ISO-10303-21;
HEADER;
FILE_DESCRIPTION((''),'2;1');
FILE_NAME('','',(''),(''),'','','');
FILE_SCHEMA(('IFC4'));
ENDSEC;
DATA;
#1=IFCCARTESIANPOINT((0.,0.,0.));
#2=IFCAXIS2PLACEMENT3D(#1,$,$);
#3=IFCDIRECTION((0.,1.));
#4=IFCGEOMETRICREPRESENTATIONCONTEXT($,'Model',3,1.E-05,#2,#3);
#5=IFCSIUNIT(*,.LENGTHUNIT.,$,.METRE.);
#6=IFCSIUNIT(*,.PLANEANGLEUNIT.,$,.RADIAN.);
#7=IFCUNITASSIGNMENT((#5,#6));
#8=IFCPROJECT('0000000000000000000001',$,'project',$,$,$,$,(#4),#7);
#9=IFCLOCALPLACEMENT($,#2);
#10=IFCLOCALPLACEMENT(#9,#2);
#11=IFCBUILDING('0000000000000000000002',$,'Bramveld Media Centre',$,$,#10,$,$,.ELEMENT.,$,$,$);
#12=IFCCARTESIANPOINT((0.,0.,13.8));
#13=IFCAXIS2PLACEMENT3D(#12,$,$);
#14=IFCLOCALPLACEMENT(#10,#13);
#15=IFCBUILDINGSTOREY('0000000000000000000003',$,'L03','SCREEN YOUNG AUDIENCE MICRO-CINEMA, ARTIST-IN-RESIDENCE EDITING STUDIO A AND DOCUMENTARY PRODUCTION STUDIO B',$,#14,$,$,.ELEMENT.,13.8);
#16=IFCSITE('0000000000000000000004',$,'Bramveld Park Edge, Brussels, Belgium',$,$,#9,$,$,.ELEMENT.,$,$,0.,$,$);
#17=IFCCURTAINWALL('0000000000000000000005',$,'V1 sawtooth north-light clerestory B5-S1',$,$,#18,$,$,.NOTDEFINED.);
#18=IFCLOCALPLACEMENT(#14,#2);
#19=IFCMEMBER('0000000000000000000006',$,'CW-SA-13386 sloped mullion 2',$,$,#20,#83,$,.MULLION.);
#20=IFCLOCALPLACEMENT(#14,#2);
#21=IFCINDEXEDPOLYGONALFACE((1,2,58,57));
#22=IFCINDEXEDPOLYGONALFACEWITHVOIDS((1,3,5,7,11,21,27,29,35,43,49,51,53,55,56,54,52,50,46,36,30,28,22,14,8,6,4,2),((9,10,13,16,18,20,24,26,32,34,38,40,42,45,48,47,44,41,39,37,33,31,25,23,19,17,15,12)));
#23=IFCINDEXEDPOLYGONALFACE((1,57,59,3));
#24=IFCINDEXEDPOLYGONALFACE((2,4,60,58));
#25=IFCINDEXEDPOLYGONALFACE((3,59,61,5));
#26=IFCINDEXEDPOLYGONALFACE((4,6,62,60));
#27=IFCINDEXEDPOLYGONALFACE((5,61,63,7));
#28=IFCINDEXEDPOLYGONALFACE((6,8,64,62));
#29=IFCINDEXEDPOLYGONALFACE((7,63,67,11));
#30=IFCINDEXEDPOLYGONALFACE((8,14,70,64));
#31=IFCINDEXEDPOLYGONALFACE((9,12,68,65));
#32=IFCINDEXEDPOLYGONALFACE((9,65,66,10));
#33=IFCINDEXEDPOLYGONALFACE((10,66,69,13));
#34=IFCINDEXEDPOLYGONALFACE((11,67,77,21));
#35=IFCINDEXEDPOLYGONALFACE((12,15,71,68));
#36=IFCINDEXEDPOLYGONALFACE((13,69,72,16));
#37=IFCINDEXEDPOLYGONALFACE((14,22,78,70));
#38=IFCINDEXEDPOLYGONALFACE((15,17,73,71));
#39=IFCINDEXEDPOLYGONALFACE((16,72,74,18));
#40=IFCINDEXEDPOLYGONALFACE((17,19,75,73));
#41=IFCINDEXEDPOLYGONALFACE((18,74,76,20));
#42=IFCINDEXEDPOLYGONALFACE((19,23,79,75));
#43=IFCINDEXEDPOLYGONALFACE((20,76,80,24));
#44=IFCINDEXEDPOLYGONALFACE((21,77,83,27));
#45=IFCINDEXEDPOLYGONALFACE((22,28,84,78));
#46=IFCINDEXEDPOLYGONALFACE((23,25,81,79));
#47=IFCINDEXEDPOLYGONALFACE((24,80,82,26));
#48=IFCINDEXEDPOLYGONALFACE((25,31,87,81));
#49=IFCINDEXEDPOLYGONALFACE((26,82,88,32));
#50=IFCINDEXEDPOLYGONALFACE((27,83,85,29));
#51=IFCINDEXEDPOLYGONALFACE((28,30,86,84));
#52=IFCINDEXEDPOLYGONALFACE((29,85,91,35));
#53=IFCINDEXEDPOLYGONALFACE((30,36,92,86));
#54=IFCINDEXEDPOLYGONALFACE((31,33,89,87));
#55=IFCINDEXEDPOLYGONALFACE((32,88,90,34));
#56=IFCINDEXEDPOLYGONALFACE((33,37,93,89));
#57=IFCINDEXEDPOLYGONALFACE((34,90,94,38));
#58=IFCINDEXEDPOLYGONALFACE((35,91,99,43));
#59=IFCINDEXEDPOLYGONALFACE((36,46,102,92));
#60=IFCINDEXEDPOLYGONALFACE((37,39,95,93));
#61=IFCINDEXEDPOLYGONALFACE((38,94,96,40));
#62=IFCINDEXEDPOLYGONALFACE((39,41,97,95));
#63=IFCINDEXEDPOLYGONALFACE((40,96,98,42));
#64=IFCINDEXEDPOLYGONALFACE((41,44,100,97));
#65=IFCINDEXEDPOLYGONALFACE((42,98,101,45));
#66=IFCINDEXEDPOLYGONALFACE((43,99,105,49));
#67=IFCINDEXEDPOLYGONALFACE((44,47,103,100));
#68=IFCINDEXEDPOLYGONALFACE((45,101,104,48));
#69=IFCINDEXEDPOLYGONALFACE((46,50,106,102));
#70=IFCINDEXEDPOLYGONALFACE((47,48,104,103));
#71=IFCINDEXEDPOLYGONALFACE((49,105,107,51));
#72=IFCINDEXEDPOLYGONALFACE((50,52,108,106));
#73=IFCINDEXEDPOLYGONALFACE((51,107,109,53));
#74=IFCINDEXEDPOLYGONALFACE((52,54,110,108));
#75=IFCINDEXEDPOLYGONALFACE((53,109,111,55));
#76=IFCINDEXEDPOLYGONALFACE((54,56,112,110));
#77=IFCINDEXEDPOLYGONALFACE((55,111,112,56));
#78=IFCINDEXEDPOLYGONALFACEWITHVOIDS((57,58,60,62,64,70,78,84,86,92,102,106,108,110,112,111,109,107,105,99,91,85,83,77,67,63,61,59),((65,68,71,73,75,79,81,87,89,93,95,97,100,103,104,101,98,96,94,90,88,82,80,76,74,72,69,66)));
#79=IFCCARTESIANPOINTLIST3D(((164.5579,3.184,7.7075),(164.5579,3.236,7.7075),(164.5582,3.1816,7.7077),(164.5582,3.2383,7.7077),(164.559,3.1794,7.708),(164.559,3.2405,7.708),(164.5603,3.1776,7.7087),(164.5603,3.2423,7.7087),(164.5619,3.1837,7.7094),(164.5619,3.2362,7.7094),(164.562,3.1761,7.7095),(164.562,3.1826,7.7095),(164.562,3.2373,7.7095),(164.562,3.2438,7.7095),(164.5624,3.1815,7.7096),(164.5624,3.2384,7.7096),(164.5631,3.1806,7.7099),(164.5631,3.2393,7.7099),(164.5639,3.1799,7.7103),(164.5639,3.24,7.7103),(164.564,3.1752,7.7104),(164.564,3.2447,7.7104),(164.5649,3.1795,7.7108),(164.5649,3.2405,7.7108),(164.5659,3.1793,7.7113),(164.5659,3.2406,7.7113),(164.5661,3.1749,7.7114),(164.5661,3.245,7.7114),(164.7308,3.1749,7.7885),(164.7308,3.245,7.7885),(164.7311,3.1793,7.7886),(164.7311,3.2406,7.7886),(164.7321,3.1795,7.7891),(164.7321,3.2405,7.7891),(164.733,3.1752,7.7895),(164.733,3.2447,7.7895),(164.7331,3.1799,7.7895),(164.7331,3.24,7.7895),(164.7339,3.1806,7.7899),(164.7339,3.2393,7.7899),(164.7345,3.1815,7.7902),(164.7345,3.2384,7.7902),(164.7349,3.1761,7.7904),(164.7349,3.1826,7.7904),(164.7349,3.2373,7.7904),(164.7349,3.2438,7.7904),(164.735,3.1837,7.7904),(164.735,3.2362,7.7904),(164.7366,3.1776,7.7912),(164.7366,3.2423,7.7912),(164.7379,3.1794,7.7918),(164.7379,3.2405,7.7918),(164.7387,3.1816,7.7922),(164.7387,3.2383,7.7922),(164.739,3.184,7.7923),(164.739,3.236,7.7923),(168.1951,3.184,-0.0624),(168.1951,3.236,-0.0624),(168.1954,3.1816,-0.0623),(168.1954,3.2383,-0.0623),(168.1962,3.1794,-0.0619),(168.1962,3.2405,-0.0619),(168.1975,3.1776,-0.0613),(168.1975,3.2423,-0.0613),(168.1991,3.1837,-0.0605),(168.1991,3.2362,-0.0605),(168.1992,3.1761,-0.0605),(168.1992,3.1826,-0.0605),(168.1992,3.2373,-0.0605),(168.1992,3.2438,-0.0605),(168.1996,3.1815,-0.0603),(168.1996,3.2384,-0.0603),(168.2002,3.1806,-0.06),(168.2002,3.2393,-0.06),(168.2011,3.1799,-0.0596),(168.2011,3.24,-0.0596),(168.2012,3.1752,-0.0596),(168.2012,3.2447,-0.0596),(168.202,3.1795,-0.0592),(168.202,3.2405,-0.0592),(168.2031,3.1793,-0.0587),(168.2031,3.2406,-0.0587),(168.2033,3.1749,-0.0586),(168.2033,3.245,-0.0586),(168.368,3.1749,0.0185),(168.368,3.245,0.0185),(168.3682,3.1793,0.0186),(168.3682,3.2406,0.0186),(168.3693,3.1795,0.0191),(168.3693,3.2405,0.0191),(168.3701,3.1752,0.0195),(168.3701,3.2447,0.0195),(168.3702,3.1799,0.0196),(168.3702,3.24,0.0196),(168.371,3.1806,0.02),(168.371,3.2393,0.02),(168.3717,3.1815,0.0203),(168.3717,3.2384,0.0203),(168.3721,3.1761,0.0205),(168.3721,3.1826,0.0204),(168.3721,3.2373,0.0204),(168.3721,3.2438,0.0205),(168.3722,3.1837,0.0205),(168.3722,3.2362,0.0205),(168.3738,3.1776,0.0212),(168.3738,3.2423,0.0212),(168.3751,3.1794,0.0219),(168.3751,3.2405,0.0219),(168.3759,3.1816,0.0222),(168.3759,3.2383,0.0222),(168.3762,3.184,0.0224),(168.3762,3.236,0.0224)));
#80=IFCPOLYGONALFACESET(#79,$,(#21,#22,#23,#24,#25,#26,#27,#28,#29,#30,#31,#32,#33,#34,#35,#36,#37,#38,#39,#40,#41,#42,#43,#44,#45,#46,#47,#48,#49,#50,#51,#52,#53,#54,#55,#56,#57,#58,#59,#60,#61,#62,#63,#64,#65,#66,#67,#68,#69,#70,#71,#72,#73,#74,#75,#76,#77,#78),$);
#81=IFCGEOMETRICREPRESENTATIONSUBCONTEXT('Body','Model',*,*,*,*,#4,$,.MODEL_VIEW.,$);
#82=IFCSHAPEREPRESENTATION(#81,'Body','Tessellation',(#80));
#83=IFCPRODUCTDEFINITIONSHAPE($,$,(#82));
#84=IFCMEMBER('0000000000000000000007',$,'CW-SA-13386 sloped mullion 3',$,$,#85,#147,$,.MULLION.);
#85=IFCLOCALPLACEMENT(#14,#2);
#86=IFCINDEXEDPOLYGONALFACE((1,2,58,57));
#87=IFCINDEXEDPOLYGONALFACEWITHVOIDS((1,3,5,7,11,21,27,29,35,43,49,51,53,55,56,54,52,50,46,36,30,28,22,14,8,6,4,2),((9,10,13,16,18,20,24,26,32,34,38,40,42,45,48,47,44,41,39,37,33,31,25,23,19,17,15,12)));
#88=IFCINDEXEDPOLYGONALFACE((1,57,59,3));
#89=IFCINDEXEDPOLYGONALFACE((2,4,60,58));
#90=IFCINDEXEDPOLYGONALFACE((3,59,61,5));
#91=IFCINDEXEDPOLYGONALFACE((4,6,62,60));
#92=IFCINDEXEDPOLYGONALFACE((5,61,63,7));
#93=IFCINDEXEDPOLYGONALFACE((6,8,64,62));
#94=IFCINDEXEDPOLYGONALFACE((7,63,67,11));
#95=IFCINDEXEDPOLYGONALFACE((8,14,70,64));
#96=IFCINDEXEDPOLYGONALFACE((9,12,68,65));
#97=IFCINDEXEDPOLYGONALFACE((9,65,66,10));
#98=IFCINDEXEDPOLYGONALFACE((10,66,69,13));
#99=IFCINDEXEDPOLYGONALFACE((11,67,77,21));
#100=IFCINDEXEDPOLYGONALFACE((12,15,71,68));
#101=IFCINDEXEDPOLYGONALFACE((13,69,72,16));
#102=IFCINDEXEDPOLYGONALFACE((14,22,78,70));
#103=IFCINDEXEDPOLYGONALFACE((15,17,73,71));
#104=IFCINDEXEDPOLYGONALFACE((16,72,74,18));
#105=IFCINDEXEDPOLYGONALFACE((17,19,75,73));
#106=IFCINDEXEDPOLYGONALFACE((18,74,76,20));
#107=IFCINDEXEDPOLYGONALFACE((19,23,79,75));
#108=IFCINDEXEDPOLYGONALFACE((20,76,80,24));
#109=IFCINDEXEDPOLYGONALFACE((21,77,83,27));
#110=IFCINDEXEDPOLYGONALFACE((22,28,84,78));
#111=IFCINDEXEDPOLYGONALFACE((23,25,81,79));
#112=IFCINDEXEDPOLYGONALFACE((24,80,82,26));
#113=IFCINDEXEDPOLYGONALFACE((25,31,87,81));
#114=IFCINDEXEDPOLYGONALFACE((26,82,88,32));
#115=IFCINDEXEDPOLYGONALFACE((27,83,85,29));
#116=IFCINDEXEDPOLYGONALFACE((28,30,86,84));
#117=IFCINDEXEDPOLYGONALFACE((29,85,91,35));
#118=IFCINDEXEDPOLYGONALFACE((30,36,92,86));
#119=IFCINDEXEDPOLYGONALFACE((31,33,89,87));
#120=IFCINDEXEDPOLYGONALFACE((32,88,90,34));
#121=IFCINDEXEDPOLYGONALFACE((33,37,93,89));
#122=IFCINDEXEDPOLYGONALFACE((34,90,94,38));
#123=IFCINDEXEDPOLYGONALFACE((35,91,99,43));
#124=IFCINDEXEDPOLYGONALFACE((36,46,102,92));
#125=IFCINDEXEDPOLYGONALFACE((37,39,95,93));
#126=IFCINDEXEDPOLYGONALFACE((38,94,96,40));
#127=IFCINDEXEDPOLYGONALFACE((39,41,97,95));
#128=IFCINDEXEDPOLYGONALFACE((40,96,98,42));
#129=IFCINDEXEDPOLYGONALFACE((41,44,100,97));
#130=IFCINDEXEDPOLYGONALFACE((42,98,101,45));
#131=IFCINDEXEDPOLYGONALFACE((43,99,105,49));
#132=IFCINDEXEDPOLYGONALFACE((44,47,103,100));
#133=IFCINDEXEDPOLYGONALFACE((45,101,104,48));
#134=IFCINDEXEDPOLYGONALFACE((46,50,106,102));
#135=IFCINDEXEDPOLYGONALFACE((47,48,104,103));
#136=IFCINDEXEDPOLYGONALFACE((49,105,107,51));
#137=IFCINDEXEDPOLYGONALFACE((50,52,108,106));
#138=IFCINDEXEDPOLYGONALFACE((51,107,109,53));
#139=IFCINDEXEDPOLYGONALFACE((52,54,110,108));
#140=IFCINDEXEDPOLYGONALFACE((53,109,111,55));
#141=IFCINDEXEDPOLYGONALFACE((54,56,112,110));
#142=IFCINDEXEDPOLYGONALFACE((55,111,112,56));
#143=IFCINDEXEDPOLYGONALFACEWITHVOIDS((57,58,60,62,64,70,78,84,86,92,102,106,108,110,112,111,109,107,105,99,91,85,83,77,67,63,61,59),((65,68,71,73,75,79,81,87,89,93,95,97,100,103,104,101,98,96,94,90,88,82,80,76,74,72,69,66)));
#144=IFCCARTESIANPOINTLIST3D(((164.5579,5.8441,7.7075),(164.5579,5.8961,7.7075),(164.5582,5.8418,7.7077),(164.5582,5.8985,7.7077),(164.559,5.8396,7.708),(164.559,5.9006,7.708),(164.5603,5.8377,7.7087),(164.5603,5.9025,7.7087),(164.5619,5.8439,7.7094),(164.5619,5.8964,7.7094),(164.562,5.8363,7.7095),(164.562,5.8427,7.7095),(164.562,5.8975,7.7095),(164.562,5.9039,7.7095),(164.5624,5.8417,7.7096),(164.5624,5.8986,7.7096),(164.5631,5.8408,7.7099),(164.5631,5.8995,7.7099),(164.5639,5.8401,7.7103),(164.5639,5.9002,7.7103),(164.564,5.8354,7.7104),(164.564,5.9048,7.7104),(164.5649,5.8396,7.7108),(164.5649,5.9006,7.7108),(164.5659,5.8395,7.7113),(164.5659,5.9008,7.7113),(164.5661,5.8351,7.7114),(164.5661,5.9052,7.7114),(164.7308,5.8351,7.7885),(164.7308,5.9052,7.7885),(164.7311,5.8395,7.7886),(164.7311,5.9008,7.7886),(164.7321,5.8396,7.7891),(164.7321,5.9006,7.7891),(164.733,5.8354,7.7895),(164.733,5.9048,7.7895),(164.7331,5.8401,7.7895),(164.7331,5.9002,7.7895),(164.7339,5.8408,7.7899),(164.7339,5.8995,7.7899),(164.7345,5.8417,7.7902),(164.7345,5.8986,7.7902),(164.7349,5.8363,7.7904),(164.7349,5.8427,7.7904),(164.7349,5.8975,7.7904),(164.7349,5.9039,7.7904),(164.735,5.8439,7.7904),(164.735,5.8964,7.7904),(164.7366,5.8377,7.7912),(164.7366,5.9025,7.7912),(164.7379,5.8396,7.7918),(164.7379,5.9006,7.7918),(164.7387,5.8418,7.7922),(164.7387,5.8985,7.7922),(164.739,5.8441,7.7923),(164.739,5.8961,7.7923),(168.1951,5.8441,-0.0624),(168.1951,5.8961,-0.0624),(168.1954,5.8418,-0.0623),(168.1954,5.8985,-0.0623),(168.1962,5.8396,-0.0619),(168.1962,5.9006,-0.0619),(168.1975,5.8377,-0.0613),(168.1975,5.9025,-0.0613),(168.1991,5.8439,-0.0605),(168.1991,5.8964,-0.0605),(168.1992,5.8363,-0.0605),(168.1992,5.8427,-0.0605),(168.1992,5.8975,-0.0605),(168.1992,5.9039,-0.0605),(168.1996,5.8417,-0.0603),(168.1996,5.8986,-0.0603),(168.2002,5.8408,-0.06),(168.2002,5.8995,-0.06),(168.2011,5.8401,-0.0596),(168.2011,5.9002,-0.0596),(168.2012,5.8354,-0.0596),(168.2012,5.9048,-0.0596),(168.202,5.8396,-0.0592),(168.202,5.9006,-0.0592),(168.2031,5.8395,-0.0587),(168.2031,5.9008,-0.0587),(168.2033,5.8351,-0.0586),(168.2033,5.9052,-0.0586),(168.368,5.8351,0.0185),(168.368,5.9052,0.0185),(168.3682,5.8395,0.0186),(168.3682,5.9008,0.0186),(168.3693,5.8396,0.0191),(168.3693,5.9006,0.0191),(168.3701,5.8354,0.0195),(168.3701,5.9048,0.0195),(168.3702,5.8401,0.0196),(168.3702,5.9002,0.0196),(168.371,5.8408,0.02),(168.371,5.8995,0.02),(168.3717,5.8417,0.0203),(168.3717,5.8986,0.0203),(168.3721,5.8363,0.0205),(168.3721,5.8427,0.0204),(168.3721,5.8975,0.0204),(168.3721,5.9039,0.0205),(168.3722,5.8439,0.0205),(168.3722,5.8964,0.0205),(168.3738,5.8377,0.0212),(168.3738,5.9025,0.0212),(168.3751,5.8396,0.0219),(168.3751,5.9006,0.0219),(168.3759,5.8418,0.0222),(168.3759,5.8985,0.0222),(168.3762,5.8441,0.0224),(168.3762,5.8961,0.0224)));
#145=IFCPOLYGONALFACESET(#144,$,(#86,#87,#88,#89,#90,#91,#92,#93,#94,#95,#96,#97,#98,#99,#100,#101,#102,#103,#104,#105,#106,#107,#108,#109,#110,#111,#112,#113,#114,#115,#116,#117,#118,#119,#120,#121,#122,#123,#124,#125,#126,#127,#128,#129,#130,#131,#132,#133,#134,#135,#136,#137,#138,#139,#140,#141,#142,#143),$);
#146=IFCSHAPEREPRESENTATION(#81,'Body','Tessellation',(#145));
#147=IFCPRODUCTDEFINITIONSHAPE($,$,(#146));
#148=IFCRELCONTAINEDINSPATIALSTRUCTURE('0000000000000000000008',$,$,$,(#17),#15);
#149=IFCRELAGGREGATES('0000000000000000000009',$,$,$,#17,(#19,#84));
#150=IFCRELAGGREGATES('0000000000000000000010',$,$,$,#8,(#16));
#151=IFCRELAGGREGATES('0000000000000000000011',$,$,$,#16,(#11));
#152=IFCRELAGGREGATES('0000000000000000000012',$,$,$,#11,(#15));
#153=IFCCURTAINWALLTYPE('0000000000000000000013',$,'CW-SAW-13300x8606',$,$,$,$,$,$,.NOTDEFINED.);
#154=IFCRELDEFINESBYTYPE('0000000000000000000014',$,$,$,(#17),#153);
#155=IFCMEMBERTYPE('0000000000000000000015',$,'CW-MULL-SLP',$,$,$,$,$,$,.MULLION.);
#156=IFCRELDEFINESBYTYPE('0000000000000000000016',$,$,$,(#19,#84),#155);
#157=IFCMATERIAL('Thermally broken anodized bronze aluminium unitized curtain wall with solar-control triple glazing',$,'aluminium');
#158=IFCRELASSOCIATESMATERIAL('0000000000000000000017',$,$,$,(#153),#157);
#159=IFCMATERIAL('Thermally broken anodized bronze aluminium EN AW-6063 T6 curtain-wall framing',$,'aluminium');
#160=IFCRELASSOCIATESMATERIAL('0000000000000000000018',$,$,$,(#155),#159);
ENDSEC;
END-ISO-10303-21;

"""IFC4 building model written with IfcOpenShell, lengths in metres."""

from ifc_helpers import new_model, si_unit, direction, frame, origin, origin_2d, place, context, subcontext, project, spatial, hollow_rectangle, extrude, material, material_profile, profile_set, type_object, element, aggregate, save


model = new_model("IFC4")

# Units and contexts
model_context = context("Model", 3, precision=1e-05, world=origin(), true_north=direction((0.0, 1.0)))
body_context = subcontext(model_context, "Body", "Model", "MODEL_VIEW")
ifc_project = project(units=[si_unit("LENGTHUNIT", "METRE"), si_unit("PLANEANGLEUNIT", "RADIAN")], contexts=[model_context])

# Site, building, storey
site_placement = place(None, origin())
site = spatial("IfcSite", under=ifc_project, at=site_placement, Name="Bramveld Park Edge, Brussels, Belgium", CompositionType="ELEMENT", RefElevation=0.0)
building_placement = place(site_placement, origin())
building = spatial("IfcBuilding", under=site, at=building_placement, Name="Bramveld Media Centre", CompositionType="ELEMENT")
storey_placement = place(building_placement, frame((0.0, 0.0, 13.8)))
storey = spatial("IfcBuildingStorey", under=building, at=storey_placement, Name="L03", Description="SCREEN YOUNG AUDIENCE MICRO-CINEMA, ARTIST-IN-RESIDENCE EDITING STUDIO A AND DOCUMENTARY PRODUCTION STUDIO B", CompositionType="ELEMENT", Elevation=13.8)

# Curtain wall, members
ifc_material_1 = material(Name="Thermally broken anodized bronze aluminium unitized curtain wall with solar-control triple glazing", Category="aluminium")
curtain_wall_type = type_object("IfcCurtainWallType", Name="CW-SAW-13300x8606", PredefinedType="NOTDEFINED", material=ifc_material_1)
curtain_wall_placement = place(storey_placement, origin())
curtain_wall = element("IfcCurtainWall", 1, at=curtain_wall_placement, inside=storey, type_object=curtain_wall_type, Name="V1 sawtooth north-light clerestory B5-S1", PredefinedType="NOTDEFINED")
ifc_material_2 = material(Name="Thermally broken anodized bronze aluminium EN AW-6063 T6 curtain-wall framing", Category="aluminium")
ifc_material_profile_1 = material_profile(ifc_material_2, hollow_rectangle(XDim=0.0701, YDim=0.2, WallThickness=0.0044, InnerFilletRadius=0.0044, OuterFilletRadius=0.009, at=origin_2d()), Name="AL-MULL 70x200")
ifc_profile_set_1 = profile_set([ifc_material_profile_1], Name="Thermally broken anodized bronze aluminium EN AW-6063 T6 curtain-wall framing")
member_type_1 = type_object("IfcMemberType", Name="CW-MULL-SLP", PredefinedType="MULLION", material=ifc_profile_set_1)
member_1_placement = place(storey_placement, frame((168.2856, 3.21, -0.02), z_axis=(-0.423957, 0.0, 0.905682), x_axis=(0.0, -1.0, 0.0)))
member_1 = element("IfcMember", 2, at=member_1_placement, type_object=member_type_1, Name="CW-SA-13386 sloped mullion 2", PredefinedType="MULLION", context=body_context, shape_type="SweptSolid", body=[
    extrude(hollow_rectangle(XDim=0.0701, YDim=0.2, WallThickness=0.0044, InnerFilletRadius=0.0044, OuterFilletRadius=0.009, at=origin_2d()), origin(), (0.0, 0.0, 1.0), 8.5791),
])
member_2_placement = place(storey_placement, frame((168.2856, 5.8701, -0.02), z_axis=(-0.423957, 0.0, 0.905682), x_axis=(0.0, -1.0, 0.0)))
member_2 = element("IfcMember", 3, at=member_2_placement, type_object=member_type_1, Name="CW-SA-13386 sloped mullion 3", PredefinedType="MULLION", context=body_context, shape_type="SweptSolid", body=[
    extrude(hollow_rectangle(XDim=0.0701, YDim=0.2, WallThickness=0.0044, InnerFilletRadius=0.0044, OuterFilletRadius=0.009, at=origin_2d()), origin(), (0.0, 0.0, 1.0), 8.5791),
])
aggregate(curtain_wall, [member_1, member_2])

save(model, "model.ifc")
